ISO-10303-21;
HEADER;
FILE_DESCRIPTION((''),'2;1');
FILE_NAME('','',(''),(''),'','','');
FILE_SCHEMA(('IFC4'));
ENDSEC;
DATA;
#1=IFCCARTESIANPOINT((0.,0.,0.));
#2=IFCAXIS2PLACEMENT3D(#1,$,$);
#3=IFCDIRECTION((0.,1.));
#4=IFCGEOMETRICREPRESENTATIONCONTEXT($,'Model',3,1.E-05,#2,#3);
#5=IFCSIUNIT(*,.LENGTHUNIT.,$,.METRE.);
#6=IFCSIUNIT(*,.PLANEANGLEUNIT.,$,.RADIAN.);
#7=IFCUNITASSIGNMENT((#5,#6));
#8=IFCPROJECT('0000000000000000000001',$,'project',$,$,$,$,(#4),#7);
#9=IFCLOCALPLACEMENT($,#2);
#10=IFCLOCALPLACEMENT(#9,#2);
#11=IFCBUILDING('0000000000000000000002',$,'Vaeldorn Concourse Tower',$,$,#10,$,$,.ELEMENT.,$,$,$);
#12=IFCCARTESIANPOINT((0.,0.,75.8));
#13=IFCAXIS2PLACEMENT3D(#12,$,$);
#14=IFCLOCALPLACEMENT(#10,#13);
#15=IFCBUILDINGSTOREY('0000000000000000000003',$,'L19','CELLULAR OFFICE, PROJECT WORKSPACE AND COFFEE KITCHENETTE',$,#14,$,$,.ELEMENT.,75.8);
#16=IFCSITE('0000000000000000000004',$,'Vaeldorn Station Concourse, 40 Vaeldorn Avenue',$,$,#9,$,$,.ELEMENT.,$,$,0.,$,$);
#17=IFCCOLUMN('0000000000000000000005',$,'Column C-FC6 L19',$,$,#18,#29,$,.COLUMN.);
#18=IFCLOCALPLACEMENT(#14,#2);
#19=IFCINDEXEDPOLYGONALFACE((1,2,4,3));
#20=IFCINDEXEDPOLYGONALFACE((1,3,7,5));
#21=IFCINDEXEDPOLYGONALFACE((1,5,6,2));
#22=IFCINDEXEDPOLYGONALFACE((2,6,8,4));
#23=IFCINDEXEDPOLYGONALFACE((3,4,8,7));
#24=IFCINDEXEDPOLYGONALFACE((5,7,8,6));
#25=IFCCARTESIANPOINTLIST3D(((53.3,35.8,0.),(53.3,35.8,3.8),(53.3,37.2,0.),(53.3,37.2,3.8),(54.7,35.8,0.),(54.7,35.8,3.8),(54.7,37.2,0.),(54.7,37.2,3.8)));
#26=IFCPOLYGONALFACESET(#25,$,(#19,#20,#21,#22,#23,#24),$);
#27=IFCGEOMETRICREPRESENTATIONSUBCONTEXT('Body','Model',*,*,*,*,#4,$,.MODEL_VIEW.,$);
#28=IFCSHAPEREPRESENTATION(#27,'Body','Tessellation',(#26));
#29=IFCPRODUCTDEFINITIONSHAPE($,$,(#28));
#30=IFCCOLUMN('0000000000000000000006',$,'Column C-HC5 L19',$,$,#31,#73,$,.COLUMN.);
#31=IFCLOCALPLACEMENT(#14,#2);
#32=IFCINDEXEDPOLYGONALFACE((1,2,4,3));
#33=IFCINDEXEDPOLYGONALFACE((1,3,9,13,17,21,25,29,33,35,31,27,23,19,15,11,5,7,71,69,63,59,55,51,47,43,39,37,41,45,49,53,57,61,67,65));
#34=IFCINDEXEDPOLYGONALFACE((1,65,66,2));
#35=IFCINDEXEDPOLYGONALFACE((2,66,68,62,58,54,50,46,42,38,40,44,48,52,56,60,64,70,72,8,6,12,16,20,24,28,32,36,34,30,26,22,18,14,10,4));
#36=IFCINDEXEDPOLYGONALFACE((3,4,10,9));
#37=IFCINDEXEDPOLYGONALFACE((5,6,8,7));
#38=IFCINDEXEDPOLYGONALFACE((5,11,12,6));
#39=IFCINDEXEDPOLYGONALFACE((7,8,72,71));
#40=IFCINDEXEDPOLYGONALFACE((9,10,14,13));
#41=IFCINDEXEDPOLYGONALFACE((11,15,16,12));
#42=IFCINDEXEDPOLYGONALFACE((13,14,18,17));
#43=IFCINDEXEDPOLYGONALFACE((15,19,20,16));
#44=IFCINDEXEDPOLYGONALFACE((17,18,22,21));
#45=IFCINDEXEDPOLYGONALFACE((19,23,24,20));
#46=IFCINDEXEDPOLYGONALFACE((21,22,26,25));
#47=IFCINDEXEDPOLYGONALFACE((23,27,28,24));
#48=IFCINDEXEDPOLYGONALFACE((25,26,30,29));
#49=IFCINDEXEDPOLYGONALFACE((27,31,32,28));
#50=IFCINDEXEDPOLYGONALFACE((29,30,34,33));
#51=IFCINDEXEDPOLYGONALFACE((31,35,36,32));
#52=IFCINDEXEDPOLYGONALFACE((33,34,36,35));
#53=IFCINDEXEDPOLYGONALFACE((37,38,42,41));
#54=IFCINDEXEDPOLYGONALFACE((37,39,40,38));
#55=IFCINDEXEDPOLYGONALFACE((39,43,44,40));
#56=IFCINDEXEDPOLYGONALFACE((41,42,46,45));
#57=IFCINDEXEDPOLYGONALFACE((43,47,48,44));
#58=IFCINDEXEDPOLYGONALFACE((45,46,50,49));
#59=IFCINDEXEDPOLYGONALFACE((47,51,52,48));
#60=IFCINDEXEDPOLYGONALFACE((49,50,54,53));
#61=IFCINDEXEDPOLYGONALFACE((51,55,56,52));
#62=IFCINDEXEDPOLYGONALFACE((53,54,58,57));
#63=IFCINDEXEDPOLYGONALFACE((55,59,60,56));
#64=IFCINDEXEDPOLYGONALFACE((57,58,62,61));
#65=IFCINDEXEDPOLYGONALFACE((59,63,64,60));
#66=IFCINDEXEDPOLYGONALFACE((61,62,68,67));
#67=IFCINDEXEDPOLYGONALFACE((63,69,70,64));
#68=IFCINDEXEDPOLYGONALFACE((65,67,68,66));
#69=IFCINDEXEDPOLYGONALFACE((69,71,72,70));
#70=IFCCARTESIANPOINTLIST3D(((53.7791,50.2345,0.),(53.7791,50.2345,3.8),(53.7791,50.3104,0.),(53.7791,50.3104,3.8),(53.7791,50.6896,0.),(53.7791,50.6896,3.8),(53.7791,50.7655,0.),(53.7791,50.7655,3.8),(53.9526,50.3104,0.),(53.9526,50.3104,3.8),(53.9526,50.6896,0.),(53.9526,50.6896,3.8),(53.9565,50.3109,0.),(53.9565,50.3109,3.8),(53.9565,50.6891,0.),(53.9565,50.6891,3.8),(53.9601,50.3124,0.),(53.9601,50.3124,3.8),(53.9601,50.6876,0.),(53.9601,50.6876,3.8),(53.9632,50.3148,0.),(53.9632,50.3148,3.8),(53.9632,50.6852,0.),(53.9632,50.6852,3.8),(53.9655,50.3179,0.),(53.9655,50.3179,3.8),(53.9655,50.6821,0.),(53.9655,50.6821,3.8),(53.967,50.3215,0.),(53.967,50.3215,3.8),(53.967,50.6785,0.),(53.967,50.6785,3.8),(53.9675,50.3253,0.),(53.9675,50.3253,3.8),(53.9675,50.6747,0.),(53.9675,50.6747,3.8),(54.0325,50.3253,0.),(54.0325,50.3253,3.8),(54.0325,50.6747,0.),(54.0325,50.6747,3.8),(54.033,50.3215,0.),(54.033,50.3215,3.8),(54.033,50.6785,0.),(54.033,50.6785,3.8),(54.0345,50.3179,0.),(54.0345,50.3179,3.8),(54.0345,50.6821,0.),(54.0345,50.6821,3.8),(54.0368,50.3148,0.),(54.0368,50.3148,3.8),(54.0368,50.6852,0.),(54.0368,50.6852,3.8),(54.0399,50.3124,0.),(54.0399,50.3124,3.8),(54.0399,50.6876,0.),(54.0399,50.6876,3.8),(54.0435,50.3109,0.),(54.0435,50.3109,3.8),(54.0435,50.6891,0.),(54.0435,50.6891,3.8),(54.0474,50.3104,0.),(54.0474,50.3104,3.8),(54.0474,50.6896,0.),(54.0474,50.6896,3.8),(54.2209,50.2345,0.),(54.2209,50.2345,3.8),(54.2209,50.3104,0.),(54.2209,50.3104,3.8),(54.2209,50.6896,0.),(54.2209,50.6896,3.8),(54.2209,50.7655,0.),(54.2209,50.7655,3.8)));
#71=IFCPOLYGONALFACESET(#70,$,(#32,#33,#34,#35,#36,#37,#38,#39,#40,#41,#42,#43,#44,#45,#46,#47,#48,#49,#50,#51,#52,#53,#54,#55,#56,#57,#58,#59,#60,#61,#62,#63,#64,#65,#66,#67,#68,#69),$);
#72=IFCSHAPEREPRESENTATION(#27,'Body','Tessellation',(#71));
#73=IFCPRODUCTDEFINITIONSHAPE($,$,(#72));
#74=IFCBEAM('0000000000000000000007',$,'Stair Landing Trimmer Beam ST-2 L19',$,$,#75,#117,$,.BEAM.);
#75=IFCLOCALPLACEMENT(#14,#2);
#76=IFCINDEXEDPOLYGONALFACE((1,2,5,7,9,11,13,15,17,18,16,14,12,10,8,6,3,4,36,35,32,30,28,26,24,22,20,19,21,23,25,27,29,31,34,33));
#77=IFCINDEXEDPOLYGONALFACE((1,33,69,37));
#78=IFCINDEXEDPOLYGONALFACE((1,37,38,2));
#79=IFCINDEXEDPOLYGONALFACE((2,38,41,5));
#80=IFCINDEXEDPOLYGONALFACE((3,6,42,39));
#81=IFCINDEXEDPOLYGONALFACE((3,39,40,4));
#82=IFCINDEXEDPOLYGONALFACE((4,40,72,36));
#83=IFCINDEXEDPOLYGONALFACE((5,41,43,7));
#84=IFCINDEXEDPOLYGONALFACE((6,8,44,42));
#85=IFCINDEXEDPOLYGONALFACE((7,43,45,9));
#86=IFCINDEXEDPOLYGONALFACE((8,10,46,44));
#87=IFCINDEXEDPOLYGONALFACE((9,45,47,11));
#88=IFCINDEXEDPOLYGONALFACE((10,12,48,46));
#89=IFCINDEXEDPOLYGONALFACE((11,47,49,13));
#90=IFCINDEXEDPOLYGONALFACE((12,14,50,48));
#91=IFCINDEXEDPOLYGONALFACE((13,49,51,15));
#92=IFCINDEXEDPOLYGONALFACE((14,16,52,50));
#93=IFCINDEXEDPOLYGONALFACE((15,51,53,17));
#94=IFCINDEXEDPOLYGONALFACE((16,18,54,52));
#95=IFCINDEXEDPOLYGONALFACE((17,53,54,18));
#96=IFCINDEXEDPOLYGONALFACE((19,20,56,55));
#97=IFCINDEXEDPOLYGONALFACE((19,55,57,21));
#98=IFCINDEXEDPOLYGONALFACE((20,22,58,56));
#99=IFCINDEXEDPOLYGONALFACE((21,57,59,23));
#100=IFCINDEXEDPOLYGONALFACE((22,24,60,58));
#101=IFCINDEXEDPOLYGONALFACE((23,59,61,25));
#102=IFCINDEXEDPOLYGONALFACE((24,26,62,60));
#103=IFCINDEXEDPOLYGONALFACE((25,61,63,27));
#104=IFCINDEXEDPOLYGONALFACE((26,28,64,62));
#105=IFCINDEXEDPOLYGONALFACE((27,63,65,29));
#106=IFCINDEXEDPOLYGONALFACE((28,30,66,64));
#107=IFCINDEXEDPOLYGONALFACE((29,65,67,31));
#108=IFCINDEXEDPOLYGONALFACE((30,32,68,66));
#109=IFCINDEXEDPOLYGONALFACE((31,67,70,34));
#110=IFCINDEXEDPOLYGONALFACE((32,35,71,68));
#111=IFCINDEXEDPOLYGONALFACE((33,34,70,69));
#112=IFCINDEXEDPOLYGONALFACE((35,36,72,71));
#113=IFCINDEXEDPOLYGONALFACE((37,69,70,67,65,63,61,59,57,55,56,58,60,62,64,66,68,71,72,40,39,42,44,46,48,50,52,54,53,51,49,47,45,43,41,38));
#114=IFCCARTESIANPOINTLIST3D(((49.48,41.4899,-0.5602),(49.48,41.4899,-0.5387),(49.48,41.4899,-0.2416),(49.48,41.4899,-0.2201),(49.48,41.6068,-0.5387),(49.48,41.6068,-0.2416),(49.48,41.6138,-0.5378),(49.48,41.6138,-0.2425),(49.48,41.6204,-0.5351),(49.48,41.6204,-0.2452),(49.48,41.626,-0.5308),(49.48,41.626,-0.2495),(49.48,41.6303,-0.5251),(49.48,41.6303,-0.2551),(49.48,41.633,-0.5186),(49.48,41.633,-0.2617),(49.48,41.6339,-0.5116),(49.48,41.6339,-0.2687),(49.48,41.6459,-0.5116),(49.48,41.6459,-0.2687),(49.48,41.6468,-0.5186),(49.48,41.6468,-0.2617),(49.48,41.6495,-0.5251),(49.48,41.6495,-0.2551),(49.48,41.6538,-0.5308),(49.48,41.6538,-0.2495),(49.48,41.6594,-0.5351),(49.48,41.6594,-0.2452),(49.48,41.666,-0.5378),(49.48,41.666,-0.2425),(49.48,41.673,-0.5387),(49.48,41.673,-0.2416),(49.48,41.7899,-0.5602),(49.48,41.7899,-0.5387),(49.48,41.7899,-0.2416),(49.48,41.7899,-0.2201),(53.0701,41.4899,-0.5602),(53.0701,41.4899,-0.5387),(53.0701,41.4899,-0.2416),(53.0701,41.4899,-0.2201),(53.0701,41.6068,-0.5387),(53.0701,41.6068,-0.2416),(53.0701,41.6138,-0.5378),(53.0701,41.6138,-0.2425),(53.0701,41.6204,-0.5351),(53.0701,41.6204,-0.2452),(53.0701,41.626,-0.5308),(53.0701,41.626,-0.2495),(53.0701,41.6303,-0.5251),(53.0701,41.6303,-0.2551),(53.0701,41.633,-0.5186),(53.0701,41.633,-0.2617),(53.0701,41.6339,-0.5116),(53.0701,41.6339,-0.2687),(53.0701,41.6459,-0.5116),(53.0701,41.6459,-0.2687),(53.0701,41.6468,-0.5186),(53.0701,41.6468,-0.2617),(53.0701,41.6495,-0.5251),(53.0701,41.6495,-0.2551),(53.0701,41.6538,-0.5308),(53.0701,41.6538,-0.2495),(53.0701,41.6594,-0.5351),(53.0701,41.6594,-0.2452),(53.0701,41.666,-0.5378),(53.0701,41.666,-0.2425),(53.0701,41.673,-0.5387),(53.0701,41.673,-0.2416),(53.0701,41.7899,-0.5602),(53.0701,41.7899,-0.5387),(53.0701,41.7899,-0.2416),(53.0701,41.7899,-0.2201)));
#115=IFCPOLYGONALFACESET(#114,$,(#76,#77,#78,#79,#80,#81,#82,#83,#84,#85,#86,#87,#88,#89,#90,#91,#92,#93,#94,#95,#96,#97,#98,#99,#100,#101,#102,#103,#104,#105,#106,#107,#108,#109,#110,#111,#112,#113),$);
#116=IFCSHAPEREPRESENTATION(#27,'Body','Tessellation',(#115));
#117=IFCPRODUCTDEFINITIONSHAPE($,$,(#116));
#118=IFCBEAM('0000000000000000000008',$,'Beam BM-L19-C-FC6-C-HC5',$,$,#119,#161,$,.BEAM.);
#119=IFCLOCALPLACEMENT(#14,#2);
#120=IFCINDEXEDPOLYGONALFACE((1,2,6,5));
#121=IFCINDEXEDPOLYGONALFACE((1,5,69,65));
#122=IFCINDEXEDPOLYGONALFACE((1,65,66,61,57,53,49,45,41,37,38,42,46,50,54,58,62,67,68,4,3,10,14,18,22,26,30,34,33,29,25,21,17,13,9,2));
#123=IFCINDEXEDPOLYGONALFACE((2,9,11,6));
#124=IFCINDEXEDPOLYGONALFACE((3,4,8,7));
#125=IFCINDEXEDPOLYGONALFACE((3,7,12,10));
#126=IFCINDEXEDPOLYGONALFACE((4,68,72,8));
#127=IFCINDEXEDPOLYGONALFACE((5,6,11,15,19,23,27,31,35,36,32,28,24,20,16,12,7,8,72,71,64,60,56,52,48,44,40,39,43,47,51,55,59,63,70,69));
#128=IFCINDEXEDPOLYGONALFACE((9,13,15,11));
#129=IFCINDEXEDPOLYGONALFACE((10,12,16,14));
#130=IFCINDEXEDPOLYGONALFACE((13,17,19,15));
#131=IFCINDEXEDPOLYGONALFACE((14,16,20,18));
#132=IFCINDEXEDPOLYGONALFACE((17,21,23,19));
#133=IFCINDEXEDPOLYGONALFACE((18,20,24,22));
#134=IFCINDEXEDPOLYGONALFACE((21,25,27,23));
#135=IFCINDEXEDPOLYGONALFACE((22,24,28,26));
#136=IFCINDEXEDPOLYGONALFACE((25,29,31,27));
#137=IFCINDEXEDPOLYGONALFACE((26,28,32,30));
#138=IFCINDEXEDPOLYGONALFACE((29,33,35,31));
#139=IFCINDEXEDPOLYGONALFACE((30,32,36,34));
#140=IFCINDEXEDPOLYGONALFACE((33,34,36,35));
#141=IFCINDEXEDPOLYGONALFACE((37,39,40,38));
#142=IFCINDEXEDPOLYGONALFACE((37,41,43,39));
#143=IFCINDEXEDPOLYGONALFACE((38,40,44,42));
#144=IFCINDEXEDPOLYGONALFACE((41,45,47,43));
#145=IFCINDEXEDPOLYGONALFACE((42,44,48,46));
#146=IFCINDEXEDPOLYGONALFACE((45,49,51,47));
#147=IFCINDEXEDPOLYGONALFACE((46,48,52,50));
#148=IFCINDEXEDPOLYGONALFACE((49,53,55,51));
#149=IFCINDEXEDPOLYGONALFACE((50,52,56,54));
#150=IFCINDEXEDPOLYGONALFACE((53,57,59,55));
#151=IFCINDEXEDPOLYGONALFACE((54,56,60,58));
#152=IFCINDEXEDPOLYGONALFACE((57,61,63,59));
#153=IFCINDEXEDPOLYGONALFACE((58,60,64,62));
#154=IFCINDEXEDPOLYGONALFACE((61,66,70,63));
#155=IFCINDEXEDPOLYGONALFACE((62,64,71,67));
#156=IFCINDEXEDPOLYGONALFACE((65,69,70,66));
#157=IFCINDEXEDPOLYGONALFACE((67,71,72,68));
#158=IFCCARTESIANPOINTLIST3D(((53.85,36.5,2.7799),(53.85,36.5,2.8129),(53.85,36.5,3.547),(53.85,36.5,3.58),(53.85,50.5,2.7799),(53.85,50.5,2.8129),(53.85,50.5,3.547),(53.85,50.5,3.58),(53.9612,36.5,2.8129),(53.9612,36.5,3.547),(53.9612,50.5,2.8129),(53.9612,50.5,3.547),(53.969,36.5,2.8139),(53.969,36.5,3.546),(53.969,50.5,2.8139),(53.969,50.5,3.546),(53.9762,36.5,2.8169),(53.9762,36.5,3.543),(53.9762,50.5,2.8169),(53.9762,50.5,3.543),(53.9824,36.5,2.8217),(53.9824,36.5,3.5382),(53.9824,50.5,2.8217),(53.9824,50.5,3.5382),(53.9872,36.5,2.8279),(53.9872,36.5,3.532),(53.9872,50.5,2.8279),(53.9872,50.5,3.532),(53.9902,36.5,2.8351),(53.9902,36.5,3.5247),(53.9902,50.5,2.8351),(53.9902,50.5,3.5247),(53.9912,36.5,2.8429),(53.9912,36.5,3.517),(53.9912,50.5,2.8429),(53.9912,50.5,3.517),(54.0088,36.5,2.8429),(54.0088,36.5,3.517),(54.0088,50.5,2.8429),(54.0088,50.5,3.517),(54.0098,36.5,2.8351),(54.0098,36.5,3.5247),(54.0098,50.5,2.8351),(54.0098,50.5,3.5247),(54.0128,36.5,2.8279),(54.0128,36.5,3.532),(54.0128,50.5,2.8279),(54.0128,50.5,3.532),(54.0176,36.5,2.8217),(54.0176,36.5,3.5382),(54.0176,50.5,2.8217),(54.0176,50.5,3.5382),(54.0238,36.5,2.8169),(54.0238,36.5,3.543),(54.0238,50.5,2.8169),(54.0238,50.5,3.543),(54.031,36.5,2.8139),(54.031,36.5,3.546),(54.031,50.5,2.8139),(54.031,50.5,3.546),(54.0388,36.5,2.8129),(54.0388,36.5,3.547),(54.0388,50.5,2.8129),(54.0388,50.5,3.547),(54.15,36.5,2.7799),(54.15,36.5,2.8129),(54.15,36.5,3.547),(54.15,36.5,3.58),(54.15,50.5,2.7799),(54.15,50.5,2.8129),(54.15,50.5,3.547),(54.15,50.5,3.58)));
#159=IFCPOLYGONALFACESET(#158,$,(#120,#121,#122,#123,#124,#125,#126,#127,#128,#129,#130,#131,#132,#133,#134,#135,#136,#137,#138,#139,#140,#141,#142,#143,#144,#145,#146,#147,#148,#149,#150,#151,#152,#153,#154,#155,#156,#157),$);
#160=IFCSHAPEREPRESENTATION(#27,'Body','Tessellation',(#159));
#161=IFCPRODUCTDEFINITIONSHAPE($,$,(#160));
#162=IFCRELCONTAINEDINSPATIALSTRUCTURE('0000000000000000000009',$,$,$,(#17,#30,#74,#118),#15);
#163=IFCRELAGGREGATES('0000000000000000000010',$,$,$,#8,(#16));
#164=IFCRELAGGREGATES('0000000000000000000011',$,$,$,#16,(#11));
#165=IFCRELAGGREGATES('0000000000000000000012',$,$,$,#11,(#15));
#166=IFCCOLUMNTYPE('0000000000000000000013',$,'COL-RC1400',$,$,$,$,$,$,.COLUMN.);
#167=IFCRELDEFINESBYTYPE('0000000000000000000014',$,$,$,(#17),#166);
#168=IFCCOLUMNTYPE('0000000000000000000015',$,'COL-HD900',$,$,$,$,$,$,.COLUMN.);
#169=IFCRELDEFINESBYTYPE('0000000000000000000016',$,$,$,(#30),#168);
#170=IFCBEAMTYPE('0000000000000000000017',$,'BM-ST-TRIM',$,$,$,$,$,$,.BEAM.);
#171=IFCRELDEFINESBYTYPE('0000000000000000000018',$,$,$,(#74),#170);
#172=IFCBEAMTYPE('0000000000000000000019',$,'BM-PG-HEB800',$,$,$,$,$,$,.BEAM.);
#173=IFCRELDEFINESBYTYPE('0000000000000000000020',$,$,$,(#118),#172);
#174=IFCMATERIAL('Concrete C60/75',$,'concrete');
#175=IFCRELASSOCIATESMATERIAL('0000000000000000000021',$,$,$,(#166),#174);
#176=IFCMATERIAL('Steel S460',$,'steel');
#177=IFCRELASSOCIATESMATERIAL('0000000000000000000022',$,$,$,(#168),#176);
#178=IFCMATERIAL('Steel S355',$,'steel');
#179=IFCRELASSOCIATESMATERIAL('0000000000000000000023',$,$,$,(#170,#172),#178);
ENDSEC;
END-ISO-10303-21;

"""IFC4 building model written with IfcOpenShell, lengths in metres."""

from ifc_helpers import new_model, si_unit, direction, frame, origin, origin_2d, place, context, subcontext, project, spatial, rectangle, i_section, extrude, source, transform, mapped, material, material_profile, profile_set, type_object, element, save


model = new_model("IFC4")

# Units and contexts
model_context = context("Model", 3, precision=1e-05, world=origin(), true_north=direction((0.0, 1.0)))
body_context = subcontext(model_context, "Body", "Model", "MODEL_VIEW")
ifc_project = project(units=[si_unit("LENGTHUNIT", "METRE"), si_unit("PLANEANGLEUNIT", "RADIAN")], contexts=[model_context])

# Site, building, storey
site_placement = place(None, origin())
site = spatial("IfcSite", under=ifc_project, at=site_placement, Name="Vaeldorn Station Concourse, 40 Vaeldorn Avenue", CompositionType="ELEMENT", RefElevation=0.0)
building_placement = place(site_placement, origin())
building = spatial("IfcBuilding", under=site, at=building_placement, Name="Vaeldorn Concourse Tower", CompositionType="ELEMENT")
storey_placement = place(building_placement, frame((0.0, 0.0, 75.8)))
storey = spatial("IfcBuildingStorey", under=building, at=storey_placement, Name="L19", Description="CELLULAR OFFICE, PROJECT WORKSPACE AND COFFEE KITCHENETTE", CompositionType="ELEMENT", Elevation=75.8)

# Columns
ifc_material_1 = material(Name="Concrete C60/75", Category="concrete")
ifc_material_profile_1 = material_profile(ifc_material_1, rectangle(XDim=1.3999, YDim=1.3999, at=origin_2d()), Name="RC 1400x1400")
ifc_profile_set_1 = profile_set([ifc_material_profile_1], Name="Concrete C60/75")
column_type_1 = type_object("IfcColumnType", Name="COL-RC1400", PredefinedType="COLUMN", material=ifc_profile_set_1)
shared_shape_1 = source(origin(), body_context, "Body", "SweptSolid", [
    extrude(rectangle(XDim=1.3999, YDim=1.3999, at=origin_2d()), origin(), (0.0, 0.0, 1.0), 3.8),
])
column_1_placement = place(storey_placement, frame((54.0, 36.5, 0.0), z_axis=(0.0, 0.0, 1.0), x_axis=(1.0, 0.0, 0.0)))
element("IfcColumn", 1, at=column_1_placement, inside=storey, type_object=column_type_1, Name="Column C-FC6 L19", PredefinedType="COLUMN", context=body_context, shape_type="MappedRepresentation", body=[
    mapped(shared_shape_1, transform((0.0, 0.0, 0.0), scale=1.0)),
])
ifc_material_2 = material(Name="Steel S460", Category="steel")
ifc_material_profile_2 = material_profile(ifc_material_2, i_section(OverallWidth=0.4419, OverallDepth=0.531, WebThickness=0.0649, FlangeThickness=0.0759, FilletRadius=0.0149, at=origin_2d()), Name="HD 400x900")
ifc_profile_set_2 = profile_set([ifc_material_profile_2], Name="Steel S460")
column_type_2 = type_object("IfcColumnType", Name="COL-HD900", PredefinedType="COLUMN", material=ifc_profile_set_2)
shared_shape_2 = source(origin(), body_context, "Body", "SweptSolid", [
    extrude(i_section(OverallWidth=0.4419, OverallDepth=0.531, WebThickness=0.0649, FlangeThickness=0.0759, FilletRadius=0.0149, at=origin_2d()), origin(), (0.0, 0.0, 1.0), 3.8),
])
column_2_placement = place(storey_placement, frame((54.0, 50.5, 0.0), z_axis=(0.0, 0.0, 1.0), x_axis=(1.0, 0.0, 0.0)))
element("IfcColumn", 2, at=column_2_placement, inside=storey, type_object=column_type_2, Name="Column C-HC5 L19", PredefinedType="COLUMN", context=body_context, shape_type="MappedRepresentation", body=[
    mapped(shared_shape_2, transform((0.0, 0.0, 0.0), scale=1.0)),
])

# Beams
ifc_material_3 = material(Name="Steel S355", Category="steel")
ifc_material_profile_3 = material_profile(ifc_material_3, i_section(OverallWidth=0.3, OverallDepth=0.3401, WebThickness=0.012, FlangeThickness=0.0215, FilletRadius=0.0271, at=origin_2d()), Name="HEB 340")
ifc_profile_set_3 = profile_set([ifc_material_profile_3], Name="Steel S355")
beam_type_1 = type_object("IfcBeamType", Name="BM-ST-TRIM", PredefinedType="BEAM", material=ifc_profile_set_3)
shared_shape_3 = source(origin(), body_context, "Body", "SweptSolid", [
    extrude(i_section(OverallWidth=0.3, OverallDepth=0.3401, WebThickness=0.012, FlangeThickness=0.0215, FilletRadius=0.0271, at=origin_2d()), origin(), (0.0, 0.0, 1.0), 3.5901),
])
beam_1_placement = place(storey_placement, frame((49.48, 41.6399, -0.3901), z_axis=(1.0, 0.0, 0.0), x_axis=(0.0, 1.0, 0.0)))
element("IfcBeam", 3, at=beam_1_placement, inside=storey, type_object=beam_type_1, Name="Stair Landing Trimmer Beam ST-2 L19", PredefinedType="BEAM", context=body_context, shape_type="MappedRepresentation", body=[
    mapped(shared_shape_3, transform((0.0, 0.0, 0.0), scale=1.0)),
])
ifc_material_profile_4 = material_profile(ifc_material_3, i_section(OverallWidth=0.3, OverallDepth=0.8, WebThickness=0.0176, FlangeThickness=0.033, FilletRadius=0.03, at=origin_2d()), Name="HEB 800")
ifc_profile_set_4 = profile_set([ifc_material_profile_4], Name="Steel S355")
beam_type_2 = type_object("IfcBeamType", Name="BM-PG-HEB800", PredefinedType="BEAM", material=ifc_profile_set_4)
shared_shape_4 = source(origin(), body_context, "Body", "SweptSolid", [
    extrude(i_section(OverallWidth=0.3, OverallDepth=0.8, WebThickness=0.0176, FlangeThickness=0.033, FilletRadius=0.03, at=origin_2d()), origin(), (0.0, 0.0, 1.0), 14.0),
])
beam_2_placement = place(storey_placement, frame((54.0, 36.5, 3.1799), z_axis=(0.0, 1.0, 0.0), x_axis=(-1.0, 0.0, 0.0)))
element("IfcBeam", 4, at=beam_2_placement, inside=storey, type_object=beam_type_2, Name="Beam BM-L19-C-FC6-C-HC5", PredefinedType="BEAM", context=body_context, shape_type="MappedRepresentation", body=[
    mapped(shared_shape_4, transform((0.0, 0.0, 0.0), scale=1.0)),
])

save(model, "model.ifc")
